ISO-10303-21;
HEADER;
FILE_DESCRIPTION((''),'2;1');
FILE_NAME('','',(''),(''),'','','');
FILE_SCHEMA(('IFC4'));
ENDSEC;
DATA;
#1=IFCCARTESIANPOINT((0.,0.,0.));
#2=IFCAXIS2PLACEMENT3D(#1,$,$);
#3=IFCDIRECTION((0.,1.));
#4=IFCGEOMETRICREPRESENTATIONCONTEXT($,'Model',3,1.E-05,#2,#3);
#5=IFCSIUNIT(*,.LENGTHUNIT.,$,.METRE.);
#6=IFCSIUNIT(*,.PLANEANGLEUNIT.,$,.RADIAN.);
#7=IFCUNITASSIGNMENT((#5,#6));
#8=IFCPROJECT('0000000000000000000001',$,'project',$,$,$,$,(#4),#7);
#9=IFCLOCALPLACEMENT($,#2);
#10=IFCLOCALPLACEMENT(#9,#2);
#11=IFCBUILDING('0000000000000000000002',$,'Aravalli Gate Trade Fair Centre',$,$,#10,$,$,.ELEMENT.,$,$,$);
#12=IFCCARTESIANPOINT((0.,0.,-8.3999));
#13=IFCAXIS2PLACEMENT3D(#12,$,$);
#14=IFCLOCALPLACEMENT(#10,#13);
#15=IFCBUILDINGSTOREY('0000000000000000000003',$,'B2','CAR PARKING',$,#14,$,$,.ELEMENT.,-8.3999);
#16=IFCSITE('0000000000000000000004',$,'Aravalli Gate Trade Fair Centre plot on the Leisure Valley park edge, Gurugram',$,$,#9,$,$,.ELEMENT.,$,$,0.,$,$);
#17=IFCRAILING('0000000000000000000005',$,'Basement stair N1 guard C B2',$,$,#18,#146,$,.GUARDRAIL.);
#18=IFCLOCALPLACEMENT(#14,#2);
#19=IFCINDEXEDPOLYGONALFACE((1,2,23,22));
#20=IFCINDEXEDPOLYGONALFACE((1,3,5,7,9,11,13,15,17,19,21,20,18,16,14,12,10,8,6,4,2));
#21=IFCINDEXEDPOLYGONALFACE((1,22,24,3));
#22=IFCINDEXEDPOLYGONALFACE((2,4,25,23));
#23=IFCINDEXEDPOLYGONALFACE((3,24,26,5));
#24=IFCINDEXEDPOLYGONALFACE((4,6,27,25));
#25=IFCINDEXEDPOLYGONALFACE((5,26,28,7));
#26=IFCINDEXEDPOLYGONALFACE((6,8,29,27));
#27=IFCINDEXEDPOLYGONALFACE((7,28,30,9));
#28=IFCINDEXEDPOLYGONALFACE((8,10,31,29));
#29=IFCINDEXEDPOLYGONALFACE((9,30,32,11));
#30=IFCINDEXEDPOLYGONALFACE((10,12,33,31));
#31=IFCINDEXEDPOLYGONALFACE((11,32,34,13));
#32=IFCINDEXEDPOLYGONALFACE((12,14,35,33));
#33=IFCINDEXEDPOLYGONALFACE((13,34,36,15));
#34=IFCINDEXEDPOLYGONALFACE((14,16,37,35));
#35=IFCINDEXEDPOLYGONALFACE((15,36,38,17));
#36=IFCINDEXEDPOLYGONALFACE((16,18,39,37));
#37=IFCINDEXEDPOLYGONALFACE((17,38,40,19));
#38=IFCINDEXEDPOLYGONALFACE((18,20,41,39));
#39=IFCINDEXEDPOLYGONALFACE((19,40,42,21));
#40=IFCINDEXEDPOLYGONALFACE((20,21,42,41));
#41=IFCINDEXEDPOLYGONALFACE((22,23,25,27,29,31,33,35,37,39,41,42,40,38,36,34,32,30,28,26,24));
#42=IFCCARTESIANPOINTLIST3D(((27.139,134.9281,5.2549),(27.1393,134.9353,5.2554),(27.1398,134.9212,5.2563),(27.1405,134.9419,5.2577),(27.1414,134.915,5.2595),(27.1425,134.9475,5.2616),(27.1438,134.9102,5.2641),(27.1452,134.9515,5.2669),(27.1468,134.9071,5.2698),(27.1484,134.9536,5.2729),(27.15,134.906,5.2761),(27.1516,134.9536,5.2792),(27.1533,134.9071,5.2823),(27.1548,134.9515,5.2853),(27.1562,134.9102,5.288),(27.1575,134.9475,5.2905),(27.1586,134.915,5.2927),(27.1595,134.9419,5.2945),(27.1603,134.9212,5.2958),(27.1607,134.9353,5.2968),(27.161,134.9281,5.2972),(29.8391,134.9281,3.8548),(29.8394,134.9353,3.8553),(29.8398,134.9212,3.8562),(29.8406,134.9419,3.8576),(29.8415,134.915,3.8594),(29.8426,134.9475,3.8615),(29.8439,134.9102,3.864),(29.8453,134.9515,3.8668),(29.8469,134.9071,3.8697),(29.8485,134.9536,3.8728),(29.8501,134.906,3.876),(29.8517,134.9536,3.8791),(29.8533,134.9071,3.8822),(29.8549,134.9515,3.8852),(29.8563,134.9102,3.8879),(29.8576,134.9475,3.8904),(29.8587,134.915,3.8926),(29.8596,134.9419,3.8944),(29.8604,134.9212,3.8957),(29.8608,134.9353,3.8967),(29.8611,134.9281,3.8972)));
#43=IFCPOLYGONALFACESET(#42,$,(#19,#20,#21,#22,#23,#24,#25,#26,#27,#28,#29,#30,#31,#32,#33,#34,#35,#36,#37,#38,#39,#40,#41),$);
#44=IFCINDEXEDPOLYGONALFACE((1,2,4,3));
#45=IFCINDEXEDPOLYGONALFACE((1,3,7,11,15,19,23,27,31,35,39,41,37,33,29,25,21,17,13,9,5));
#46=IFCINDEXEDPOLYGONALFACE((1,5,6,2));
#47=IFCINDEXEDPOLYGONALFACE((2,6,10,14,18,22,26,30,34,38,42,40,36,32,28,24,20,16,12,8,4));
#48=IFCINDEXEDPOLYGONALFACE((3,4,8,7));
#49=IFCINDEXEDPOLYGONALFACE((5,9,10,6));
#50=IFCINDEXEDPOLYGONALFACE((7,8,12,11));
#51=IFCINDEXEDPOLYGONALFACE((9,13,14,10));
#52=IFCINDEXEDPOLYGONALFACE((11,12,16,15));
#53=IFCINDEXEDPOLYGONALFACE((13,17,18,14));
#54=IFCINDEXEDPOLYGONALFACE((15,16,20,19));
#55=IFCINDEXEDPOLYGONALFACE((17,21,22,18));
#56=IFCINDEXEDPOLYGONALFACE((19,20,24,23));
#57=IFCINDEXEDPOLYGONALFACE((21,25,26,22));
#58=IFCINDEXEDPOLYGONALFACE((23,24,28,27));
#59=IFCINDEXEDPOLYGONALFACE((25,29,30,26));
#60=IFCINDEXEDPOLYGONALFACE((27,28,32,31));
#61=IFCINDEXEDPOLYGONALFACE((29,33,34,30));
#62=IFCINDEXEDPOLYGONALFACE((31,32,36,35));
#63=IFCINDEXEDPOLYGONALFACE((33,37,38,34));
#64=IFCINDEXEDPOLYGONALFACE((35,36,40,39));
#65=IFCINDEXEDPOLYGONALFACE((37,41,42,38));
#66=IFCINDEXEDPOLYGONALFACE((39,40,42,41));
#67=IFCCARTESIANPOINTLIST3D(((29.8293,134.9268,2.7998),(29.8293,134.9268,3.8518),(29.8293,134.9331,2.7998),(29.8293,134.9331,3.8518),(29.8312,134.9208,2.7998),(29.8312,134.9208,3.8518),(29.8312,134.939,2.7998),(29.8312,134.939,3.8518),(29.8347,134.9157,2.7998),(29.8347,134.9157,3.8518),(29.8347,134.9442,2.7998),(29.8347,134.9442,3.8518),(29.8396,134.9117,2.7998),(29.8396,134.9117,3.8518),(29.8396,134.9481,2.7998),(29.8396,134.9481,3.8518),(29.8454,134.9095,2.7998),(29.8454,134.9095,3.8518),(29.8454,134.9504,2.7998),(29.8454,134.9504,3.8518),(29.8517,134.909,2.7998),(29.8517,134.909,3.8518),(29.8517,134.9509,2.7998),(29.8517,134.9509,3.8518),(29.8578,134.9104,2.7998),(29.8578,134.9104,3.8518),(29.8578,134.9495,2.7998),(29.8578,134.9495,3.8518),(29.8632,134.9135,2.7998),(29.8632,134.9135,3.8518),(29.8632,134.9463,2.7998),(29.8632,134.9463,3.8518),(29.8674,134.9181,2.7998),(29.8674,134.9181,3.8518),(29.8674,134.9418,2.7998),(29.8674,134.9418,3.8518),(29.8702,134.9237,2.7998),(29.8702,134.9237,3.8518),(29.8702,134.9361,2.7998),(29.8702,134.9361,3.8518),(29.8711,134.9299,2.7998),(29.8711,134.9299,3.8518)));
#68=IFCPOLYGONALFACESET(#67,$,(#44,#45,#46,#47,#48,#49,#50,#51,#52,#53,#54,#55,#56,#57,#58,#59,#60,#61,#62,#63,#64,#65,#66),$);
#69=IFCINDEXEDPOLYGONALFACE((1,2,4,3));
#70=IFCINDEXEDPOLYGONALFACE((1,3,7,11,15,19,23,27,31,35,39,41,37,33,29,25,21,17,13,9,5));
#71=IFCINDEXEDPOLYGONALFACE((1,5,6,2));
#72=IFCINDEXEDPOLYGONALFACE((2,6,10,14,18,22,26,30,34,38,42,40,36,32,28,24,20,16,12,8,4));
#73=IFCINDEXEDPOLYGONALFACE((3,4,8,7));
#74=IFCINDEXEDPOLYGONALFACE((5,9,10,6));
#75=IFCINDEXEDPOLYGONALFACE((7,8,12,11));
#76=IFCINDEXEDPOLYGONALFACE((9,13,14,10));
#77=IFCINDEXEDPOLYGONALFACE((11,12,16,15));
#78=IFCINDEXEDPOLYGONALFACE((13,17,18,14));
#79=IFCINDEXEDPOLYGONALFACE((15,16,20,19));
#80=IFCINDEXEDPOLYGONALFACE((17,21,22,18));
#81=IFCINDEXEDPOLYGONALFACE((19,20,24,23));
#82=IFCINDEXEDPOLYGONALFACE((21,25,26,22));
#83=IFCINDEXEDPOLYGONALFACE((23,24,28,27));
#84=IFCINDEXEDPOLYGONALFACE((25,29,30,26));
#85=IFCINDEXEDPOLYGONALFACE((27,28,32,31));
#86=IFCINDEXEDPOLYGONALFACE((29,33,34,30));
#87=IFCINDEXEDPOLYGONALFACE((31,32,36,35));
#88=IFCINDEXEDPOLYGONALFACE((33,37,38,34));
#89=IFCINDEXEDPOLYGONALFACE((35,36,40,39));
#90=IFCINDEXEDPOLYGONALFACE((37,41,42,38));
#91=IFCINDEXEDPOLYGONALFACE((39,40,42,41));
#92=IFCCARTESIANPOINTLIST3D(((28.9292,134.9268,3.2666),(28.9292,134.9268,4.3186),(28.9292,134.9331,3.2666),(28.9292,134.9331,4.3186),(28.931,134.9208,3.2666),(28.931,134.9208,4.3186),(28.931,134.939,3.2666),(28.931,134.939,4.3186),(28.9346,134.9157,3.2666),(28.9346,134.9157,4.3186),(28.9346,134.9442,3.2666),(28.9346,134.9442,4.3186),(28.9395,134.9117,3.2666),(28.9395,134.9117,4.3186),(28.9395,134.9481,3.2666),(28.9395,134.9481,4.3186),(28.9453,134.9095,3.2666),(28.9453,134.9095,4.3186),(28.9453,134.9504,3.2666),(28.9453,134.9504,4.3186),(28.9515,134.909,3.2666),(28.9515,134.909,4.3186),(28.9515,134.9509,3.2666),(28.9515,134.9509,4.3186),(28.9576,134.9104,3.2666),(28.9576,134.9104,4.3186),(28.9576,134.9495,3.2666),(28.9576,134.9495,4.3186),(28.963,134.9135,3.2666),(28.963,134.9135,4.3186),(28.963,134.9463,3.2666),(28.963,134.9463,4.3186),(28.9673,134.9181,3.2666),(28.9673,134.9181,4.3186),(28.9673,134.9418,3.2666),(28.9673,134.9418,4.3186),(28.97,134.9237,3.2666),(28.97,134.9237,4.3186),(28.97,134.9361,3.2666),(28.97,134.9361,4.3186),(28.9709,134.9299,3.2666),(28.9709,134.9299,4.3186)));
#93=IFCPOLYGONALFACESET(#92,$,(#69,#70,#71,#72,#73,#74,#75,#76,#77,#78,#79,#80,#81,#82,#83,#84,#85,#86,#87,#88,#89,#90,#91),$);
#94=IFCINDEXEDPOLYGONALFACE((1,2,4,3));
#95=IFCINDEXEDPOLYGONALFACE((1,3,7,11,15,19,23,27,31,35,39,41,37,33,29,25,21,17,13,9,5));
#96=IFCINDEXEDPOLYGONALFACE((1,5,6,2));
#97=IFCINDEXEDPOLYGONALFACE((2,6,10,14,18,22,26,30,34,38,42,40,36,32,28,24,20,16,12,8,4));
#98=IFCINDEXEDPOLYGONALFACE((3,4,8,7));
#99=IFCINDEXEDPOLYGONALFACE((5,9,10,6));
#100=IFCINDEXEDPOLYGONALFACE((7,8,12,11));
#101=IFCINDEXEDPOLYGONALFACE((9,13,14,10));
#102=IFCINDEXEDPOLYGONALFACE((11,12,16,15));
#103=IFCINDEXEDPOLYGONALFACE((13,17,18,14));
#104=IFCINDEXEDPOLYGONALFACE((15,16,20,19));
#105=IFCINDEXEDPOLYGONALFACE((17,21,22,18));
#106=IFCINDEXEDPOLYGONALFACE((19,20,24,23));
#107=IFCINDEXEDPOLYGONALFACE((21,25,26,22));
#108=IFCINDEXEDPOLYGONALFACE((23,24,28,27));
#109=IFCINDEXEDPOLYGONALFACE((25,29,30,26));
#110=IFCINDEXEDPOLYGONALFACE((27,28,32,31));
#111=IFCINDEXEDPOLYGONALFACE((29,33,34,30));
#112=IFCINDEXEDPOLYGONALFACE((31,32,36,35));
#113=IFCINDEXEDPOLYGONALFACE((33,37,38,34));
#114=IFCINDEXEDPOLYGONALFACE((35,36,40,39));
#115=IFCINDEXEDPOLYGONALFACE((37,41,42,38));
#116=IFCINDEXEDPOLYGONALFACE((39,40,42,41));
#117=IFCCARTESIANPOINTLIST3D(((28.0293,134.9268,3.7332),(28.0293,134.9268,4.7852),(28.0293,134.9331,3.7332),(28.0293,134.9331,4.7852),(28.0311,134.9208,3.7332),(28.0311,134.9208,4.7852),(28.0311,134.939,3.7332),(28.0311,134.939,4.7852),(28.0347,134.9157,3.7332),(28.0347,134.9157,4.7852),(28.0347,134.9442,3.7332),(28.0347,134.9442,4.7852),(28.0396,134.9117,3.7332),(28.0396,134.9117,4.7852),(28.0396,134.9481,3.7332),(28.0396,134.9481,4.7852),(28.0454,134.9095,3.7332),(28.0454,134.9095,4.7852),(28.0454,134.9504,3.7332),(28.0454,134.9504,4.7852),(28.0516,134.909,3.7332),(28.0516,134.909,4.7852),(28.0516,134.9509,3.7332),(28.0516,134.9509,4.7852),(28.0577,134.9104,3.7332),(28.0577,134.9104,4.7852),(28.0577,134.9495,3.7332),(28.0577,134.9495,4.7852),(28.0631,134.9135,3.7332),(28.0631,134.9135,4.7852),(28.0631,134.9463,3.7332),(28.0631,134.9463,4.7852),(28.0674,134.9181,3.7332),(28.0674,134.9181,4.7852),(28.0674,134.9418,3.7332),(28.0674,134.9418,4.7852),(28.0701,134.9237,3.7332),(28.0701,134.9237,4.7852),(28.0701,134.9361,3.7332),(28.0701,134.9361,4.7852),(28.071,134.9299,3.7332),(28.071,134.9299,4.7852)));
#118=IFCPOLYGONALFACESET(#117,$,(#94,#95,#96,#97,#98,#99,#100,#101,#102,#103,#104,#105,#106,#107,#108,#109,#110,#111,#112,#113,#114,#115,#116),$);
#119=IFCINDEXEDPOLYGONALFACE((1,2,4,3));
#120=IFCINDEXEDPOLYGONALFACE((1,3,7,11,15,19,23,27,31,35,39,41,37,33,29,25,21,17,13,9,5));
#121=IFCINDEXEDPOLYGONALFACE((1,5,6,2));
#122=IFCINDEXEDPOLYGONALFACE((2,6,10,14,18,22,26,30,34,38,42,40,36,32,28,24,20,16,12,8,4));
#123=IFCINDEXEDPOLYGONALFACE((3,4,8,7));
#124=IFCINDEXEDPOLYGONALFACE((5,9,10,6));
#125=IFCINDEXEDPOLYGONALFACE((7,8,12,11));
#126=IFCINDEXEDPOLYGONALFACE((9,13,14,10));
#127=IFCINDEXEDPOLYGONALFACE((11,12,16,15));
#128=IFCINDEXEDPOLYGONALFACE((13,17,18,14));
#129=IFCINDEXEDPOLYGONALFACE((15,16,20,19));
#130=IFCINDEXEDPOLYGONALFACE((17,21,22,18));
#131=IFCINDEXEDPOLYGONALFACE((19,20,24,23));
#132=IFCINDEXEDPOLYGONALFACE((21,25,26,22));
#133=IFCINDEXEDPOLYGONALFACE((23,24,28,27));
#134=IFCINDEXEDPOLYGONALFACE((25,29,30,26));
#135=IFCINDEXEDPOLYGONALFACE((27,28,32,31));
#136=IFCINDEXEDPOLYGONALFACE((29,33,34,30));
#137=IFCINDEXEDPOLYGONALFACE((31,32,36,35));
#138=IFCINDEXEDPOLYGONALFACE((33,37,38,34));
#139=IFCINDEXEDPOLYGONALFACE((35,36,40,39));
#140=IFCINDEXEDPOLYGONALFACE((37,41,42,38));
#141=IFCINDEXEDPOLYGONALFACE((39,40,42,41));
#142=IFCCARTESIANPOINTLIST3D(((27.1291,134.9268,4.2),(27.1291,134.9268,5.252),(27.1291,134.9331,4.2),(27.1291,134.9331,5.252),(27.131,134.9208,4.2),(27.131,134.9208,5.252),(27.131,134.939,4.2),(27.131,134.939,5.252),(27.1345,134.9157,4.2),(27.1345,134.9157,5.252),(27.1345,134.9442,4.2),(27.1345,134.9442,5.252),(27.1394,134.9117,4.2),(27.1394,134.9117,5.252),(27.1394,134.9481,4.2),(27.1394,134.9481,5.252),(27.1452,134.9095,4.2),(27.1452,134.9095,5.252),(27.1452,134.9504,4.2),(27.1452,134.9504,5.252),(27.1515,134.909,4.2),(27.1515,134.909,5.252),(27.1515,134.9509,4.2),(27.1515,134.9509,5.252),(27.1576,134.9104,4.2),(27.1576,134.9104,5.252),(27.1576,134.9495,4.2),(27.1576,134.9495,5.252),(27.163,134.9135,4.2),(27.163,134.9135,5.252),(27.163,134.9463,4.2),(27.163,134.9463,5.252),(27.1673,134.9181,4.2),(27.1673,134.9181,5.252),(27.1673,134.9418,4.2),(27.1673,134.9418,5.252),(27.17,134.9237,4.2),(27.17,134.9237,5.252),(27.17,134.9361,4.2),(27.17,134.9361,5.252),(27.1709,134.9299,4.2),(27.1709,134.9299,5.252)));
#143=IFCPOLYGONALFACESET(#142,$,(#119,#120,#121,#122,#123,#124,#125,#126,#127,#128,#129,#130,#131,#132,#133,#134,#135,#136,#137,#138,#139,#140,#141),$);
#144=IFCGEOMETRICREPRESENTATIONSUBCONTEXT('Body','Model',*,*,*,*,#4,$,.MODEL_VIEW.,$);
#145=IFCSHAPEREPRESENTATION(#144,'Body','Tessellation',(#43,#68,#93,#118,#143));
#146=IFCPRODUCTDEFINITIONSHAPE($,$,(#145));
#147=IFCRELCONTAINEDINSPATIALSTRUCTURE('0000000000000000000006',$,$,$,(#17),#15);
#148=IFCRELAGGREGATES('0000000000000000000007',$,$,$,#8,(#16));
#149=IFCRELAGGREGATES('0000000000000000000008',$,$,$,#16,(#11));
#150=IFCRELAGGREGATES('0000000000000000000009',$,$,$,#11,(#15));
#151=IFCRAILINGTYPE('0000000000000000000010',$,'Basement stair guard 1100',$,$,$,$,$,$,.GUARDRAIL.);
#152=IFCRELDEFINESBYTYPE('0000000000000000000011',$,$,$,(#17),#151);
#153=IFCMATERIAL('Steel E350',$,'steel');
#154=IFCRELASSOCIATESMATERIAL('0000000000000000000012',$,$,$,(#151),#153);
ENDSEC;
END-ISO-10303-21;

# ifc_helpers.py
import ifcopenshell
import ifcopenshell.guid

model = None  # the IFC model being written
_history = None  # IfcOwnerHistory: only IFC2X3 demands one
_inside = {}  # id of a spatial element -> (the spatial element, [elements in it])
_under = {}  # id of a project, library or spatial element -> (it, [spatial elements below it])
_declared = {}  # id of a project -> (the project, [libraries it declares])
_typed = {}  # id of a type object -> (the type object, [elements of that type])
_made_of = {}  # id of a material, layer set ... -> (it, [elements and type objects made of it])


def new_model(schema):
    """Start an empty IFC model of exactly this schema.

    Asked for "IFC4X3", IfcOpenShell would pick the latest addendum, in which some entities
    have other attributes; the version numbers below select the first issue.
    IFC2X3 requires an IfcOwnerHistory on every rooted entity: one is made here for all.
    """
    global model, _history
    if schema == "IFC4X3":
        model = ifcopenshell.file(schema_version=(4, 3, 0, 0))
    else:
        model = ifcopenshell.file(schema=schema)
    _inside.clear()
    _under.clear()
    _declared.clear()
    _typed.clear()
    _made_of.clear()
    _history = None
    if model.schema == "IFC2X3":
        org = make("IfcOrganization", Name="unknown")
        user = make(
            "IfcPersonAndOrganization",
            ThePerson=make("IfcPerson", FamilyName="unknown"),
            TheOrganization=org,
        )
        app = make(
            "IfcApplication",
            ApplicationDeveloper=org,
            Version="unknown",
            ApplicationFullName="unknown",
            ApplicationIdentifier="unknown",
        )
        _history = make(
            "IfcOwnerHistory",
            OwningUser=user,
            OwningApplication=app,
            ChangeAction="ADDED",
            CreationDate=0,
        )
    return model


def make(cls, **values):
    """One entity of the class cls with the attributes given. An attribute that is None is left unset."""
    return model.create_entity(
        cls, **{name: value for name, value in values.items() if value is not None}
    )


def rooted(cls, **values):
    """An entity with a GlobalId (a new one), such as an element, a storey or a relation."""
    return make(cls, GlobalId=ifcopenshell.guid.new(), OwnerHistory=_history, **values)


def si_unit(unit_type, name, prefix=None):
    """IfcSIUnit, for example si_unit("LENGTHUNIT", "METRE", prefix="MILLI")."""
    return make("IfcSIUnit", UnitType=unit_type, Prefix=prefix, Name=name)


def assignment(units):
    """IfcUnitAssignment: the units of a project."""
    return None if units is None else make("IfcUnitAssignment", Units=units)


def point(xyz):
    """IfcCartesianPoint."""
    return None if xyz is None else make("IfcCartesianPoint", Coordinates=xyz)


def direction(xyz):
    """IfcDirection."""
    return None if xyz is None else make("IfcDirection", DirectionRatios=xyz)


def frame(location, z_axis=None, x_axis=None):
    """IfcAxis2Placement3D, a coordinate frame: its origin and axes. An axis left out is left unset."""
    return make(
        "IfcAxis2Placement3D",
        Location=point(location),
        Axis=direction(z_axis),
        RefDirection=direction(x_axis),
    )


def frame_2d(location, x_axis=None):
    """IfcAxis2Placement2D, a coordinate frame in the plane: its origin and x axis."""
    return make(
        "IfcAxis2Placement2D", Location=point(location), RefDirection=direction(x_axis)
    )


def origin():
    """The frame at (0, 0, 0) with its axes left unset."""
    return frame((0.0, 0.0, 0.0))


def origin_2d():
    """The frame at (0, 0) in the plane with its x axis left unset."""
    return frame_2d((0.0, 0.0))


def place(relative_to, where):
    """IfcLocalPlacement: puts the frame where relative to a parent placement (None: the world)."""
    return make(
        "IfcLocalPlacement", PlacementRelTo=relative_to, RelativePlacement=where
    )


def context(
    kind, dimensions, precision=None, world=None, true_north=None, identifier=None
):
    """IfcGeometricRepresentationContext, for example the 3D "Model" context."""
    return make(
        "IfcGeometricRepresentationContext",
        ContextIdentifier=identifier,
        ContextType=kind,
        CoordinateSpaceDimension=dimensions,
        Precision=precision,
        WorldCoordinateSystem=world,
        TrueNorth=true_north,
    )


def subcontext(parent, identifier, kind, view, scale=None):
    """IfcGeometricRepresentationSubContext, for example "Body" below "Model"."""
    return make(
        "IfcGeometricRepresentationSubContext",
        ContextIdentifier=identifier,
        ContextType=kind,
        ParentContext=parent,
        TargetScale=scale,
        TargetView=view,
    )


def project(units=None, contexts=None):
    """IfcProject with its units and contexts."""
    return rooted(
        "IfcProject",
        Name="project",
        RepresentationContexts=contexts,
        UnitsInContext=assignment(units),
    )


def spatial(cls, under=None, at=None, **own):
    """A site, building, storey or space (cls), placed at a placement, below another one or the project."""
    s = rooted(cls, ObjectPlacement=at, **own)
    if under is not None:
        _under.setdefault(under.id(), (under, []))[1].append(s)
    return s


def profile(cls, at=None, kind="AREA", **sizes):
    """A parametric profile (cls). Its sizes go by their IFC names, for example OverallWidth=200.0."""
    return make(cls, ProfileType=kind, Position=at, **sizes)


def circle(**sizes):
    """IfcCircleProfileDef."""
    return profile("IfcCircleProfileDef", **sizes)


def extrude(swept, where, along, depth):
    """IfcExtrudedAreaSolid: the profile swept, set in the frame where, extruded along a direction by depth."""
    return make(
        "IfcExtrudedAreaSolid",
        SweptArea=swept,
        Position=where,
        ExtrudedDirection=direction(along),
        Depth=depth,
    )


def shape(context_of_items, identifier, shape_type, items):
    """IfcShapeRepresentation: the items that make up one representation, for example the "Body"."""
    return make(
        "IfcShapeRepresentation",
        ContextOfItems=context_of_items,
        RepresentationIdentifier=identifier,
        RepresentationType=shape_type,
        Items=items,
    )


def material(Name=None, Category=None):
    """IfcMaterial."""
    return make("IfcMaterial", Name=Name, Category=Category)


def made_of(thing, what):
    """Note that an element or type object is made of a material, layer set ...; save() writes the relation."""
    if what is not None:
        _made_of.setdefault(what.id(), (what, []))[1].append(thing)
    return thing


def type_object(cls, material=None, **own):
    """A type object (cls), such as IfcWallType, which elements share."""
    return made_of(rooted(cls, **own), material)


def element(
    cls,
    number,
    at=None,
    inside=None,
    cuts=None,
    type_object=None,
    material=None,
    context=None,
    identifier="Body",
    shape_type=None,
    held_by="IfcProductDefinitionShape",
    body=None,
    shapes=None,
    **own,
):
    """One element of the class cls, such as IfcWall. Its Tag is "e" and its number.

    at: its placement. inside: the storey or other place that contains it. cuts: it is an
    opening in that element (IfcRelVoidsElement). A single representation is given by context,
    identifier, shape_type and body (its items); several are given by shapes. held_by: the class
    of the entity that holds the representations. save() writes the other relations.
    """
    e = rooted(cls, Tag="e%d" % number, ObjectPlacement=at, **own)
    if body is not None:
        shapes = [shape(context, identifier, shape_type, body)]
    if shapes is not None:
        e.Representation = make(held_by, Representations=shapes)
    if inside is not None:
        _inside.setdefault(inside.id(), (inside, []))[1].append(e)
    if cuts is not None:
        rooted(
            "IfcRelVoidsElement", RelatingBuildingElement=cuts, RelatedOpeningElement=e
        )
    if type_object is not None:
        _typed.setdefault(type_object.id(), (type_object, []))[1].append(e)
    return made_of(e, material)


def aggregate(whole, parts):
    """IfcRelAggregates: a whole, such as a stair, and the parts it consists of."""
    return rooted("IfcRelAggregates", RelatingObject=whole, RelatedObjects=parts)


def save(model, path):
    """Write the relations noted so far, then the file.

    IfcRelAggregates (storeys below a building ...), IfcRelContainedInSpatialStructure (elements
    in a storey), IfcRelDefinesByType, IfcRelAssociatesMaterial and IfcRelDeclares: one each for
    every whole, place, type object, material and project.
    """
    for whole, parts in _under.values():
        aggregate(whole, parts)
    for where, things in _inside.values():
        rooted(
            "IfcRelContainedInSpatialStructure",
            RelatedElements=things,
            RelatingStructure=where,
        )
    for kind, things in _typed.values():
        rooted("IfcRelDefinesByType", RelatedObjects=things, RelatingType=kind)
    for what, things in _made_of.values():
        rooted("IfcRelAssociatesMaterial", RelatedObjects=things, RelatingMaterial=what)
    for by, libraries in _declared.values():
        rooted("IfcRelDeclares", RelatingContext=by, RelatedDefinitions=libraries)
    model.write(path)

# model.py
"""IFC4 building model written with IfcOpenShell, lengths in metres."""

from ifc_helpers import new_model, si_unit, direction, frame, origin, origin_2d, place, context, subcontext, project, spatial, circle, extrude, material, type_object, element, save


model = new_model("IFC4")

# Units and contexts
model_context = context("Model", 3, precision=1e-05, world=origin(), true_north=direction((0.0, 1.0)))
body_context = subcontext(model_context, "Body", "Model", "MODEL_VIEW")
ifc_project = project(units=[si_unit("LENGTHUNIT", "METRE"), si_unit("PLANEANGLEUNIT", "RADIAN")], contexts=[model_context])

# Site, building, storey
site_placement = place(None, origin())
site = spatial("IfcSite", under=ifc_project, at=site_placement, Name="Aravalli Gate Trade Fair Centre plot on the Leisure Valley park edge, Gurugram", CompositionType="ELEMENT", RefElevation=0.0)
building_placement = place(site_placement, origin())
building = spatial("IfcBuilding", under=site, at=building_placement, Name="Aravalli Gate Trade Fair Centre", CompositionType="ELEMENT")
storey_placement = place(building_placement, frame((0.0, 0.0, -8.3999)))
storey = spatial("IfcBuildingStorey", under=building, at=storey_placement, Name="B2", Description="CAR PARKING", CompositionType="ELEMENT", Elevation=-8.3999)

# Railing
ifc_material_1 = material(Name="Steel E350", Category="steel")
railing_type = type_object("IfcRailingType", Name="Basement stair guard 1100", PredefinedType="GUARDRAIL", material=ifc_material_1)
railing_1_placement = place(storey_placement, frame((29.8501, 134.9299, 2.7998)))
element("IfcRailing", 1, at=railing_1_placement, inside=storey, type_object=railing_type, Name="Basement stair N1 guard C B2", PredefinedType="GUARDRAIL", context=body_context, shape_type="SweptSolid", body=[
    extrude(circle(Radius=0.0239, at=origin_2d()), frame((0.0, 0.0, 1.0762), z_axis=(-0.887748, 0.0, 0.460329), x_axis=(0.0, -1.0, 0.0)), (0.0, 0.0, 1.0), 3.0415),
    extrude(circle(Radius=0.021, at=origin_2d()), origin(), (0.0, 0.0, 1.0), 1.052),
    extrude(circle(Radius=0.021, at=origin_2d()), frame((-0.9001, 0.0, 0.4668)), (0.0, 0.0, 1.0), 1.052),
    extrude(circle(Radius=0.021, at=origin_2d()), frame((-1.8, 0.0, 0.9333)), (0.0, 0.0, 1.0), 1.052),
    extrude(circle(Radius=0.021, at=origin_2d()), frame((-2.7002, 0.0, 1.4001)), (0.0, 0.0, 1.0), 1.052),
])

save(model, "model.ifc")
